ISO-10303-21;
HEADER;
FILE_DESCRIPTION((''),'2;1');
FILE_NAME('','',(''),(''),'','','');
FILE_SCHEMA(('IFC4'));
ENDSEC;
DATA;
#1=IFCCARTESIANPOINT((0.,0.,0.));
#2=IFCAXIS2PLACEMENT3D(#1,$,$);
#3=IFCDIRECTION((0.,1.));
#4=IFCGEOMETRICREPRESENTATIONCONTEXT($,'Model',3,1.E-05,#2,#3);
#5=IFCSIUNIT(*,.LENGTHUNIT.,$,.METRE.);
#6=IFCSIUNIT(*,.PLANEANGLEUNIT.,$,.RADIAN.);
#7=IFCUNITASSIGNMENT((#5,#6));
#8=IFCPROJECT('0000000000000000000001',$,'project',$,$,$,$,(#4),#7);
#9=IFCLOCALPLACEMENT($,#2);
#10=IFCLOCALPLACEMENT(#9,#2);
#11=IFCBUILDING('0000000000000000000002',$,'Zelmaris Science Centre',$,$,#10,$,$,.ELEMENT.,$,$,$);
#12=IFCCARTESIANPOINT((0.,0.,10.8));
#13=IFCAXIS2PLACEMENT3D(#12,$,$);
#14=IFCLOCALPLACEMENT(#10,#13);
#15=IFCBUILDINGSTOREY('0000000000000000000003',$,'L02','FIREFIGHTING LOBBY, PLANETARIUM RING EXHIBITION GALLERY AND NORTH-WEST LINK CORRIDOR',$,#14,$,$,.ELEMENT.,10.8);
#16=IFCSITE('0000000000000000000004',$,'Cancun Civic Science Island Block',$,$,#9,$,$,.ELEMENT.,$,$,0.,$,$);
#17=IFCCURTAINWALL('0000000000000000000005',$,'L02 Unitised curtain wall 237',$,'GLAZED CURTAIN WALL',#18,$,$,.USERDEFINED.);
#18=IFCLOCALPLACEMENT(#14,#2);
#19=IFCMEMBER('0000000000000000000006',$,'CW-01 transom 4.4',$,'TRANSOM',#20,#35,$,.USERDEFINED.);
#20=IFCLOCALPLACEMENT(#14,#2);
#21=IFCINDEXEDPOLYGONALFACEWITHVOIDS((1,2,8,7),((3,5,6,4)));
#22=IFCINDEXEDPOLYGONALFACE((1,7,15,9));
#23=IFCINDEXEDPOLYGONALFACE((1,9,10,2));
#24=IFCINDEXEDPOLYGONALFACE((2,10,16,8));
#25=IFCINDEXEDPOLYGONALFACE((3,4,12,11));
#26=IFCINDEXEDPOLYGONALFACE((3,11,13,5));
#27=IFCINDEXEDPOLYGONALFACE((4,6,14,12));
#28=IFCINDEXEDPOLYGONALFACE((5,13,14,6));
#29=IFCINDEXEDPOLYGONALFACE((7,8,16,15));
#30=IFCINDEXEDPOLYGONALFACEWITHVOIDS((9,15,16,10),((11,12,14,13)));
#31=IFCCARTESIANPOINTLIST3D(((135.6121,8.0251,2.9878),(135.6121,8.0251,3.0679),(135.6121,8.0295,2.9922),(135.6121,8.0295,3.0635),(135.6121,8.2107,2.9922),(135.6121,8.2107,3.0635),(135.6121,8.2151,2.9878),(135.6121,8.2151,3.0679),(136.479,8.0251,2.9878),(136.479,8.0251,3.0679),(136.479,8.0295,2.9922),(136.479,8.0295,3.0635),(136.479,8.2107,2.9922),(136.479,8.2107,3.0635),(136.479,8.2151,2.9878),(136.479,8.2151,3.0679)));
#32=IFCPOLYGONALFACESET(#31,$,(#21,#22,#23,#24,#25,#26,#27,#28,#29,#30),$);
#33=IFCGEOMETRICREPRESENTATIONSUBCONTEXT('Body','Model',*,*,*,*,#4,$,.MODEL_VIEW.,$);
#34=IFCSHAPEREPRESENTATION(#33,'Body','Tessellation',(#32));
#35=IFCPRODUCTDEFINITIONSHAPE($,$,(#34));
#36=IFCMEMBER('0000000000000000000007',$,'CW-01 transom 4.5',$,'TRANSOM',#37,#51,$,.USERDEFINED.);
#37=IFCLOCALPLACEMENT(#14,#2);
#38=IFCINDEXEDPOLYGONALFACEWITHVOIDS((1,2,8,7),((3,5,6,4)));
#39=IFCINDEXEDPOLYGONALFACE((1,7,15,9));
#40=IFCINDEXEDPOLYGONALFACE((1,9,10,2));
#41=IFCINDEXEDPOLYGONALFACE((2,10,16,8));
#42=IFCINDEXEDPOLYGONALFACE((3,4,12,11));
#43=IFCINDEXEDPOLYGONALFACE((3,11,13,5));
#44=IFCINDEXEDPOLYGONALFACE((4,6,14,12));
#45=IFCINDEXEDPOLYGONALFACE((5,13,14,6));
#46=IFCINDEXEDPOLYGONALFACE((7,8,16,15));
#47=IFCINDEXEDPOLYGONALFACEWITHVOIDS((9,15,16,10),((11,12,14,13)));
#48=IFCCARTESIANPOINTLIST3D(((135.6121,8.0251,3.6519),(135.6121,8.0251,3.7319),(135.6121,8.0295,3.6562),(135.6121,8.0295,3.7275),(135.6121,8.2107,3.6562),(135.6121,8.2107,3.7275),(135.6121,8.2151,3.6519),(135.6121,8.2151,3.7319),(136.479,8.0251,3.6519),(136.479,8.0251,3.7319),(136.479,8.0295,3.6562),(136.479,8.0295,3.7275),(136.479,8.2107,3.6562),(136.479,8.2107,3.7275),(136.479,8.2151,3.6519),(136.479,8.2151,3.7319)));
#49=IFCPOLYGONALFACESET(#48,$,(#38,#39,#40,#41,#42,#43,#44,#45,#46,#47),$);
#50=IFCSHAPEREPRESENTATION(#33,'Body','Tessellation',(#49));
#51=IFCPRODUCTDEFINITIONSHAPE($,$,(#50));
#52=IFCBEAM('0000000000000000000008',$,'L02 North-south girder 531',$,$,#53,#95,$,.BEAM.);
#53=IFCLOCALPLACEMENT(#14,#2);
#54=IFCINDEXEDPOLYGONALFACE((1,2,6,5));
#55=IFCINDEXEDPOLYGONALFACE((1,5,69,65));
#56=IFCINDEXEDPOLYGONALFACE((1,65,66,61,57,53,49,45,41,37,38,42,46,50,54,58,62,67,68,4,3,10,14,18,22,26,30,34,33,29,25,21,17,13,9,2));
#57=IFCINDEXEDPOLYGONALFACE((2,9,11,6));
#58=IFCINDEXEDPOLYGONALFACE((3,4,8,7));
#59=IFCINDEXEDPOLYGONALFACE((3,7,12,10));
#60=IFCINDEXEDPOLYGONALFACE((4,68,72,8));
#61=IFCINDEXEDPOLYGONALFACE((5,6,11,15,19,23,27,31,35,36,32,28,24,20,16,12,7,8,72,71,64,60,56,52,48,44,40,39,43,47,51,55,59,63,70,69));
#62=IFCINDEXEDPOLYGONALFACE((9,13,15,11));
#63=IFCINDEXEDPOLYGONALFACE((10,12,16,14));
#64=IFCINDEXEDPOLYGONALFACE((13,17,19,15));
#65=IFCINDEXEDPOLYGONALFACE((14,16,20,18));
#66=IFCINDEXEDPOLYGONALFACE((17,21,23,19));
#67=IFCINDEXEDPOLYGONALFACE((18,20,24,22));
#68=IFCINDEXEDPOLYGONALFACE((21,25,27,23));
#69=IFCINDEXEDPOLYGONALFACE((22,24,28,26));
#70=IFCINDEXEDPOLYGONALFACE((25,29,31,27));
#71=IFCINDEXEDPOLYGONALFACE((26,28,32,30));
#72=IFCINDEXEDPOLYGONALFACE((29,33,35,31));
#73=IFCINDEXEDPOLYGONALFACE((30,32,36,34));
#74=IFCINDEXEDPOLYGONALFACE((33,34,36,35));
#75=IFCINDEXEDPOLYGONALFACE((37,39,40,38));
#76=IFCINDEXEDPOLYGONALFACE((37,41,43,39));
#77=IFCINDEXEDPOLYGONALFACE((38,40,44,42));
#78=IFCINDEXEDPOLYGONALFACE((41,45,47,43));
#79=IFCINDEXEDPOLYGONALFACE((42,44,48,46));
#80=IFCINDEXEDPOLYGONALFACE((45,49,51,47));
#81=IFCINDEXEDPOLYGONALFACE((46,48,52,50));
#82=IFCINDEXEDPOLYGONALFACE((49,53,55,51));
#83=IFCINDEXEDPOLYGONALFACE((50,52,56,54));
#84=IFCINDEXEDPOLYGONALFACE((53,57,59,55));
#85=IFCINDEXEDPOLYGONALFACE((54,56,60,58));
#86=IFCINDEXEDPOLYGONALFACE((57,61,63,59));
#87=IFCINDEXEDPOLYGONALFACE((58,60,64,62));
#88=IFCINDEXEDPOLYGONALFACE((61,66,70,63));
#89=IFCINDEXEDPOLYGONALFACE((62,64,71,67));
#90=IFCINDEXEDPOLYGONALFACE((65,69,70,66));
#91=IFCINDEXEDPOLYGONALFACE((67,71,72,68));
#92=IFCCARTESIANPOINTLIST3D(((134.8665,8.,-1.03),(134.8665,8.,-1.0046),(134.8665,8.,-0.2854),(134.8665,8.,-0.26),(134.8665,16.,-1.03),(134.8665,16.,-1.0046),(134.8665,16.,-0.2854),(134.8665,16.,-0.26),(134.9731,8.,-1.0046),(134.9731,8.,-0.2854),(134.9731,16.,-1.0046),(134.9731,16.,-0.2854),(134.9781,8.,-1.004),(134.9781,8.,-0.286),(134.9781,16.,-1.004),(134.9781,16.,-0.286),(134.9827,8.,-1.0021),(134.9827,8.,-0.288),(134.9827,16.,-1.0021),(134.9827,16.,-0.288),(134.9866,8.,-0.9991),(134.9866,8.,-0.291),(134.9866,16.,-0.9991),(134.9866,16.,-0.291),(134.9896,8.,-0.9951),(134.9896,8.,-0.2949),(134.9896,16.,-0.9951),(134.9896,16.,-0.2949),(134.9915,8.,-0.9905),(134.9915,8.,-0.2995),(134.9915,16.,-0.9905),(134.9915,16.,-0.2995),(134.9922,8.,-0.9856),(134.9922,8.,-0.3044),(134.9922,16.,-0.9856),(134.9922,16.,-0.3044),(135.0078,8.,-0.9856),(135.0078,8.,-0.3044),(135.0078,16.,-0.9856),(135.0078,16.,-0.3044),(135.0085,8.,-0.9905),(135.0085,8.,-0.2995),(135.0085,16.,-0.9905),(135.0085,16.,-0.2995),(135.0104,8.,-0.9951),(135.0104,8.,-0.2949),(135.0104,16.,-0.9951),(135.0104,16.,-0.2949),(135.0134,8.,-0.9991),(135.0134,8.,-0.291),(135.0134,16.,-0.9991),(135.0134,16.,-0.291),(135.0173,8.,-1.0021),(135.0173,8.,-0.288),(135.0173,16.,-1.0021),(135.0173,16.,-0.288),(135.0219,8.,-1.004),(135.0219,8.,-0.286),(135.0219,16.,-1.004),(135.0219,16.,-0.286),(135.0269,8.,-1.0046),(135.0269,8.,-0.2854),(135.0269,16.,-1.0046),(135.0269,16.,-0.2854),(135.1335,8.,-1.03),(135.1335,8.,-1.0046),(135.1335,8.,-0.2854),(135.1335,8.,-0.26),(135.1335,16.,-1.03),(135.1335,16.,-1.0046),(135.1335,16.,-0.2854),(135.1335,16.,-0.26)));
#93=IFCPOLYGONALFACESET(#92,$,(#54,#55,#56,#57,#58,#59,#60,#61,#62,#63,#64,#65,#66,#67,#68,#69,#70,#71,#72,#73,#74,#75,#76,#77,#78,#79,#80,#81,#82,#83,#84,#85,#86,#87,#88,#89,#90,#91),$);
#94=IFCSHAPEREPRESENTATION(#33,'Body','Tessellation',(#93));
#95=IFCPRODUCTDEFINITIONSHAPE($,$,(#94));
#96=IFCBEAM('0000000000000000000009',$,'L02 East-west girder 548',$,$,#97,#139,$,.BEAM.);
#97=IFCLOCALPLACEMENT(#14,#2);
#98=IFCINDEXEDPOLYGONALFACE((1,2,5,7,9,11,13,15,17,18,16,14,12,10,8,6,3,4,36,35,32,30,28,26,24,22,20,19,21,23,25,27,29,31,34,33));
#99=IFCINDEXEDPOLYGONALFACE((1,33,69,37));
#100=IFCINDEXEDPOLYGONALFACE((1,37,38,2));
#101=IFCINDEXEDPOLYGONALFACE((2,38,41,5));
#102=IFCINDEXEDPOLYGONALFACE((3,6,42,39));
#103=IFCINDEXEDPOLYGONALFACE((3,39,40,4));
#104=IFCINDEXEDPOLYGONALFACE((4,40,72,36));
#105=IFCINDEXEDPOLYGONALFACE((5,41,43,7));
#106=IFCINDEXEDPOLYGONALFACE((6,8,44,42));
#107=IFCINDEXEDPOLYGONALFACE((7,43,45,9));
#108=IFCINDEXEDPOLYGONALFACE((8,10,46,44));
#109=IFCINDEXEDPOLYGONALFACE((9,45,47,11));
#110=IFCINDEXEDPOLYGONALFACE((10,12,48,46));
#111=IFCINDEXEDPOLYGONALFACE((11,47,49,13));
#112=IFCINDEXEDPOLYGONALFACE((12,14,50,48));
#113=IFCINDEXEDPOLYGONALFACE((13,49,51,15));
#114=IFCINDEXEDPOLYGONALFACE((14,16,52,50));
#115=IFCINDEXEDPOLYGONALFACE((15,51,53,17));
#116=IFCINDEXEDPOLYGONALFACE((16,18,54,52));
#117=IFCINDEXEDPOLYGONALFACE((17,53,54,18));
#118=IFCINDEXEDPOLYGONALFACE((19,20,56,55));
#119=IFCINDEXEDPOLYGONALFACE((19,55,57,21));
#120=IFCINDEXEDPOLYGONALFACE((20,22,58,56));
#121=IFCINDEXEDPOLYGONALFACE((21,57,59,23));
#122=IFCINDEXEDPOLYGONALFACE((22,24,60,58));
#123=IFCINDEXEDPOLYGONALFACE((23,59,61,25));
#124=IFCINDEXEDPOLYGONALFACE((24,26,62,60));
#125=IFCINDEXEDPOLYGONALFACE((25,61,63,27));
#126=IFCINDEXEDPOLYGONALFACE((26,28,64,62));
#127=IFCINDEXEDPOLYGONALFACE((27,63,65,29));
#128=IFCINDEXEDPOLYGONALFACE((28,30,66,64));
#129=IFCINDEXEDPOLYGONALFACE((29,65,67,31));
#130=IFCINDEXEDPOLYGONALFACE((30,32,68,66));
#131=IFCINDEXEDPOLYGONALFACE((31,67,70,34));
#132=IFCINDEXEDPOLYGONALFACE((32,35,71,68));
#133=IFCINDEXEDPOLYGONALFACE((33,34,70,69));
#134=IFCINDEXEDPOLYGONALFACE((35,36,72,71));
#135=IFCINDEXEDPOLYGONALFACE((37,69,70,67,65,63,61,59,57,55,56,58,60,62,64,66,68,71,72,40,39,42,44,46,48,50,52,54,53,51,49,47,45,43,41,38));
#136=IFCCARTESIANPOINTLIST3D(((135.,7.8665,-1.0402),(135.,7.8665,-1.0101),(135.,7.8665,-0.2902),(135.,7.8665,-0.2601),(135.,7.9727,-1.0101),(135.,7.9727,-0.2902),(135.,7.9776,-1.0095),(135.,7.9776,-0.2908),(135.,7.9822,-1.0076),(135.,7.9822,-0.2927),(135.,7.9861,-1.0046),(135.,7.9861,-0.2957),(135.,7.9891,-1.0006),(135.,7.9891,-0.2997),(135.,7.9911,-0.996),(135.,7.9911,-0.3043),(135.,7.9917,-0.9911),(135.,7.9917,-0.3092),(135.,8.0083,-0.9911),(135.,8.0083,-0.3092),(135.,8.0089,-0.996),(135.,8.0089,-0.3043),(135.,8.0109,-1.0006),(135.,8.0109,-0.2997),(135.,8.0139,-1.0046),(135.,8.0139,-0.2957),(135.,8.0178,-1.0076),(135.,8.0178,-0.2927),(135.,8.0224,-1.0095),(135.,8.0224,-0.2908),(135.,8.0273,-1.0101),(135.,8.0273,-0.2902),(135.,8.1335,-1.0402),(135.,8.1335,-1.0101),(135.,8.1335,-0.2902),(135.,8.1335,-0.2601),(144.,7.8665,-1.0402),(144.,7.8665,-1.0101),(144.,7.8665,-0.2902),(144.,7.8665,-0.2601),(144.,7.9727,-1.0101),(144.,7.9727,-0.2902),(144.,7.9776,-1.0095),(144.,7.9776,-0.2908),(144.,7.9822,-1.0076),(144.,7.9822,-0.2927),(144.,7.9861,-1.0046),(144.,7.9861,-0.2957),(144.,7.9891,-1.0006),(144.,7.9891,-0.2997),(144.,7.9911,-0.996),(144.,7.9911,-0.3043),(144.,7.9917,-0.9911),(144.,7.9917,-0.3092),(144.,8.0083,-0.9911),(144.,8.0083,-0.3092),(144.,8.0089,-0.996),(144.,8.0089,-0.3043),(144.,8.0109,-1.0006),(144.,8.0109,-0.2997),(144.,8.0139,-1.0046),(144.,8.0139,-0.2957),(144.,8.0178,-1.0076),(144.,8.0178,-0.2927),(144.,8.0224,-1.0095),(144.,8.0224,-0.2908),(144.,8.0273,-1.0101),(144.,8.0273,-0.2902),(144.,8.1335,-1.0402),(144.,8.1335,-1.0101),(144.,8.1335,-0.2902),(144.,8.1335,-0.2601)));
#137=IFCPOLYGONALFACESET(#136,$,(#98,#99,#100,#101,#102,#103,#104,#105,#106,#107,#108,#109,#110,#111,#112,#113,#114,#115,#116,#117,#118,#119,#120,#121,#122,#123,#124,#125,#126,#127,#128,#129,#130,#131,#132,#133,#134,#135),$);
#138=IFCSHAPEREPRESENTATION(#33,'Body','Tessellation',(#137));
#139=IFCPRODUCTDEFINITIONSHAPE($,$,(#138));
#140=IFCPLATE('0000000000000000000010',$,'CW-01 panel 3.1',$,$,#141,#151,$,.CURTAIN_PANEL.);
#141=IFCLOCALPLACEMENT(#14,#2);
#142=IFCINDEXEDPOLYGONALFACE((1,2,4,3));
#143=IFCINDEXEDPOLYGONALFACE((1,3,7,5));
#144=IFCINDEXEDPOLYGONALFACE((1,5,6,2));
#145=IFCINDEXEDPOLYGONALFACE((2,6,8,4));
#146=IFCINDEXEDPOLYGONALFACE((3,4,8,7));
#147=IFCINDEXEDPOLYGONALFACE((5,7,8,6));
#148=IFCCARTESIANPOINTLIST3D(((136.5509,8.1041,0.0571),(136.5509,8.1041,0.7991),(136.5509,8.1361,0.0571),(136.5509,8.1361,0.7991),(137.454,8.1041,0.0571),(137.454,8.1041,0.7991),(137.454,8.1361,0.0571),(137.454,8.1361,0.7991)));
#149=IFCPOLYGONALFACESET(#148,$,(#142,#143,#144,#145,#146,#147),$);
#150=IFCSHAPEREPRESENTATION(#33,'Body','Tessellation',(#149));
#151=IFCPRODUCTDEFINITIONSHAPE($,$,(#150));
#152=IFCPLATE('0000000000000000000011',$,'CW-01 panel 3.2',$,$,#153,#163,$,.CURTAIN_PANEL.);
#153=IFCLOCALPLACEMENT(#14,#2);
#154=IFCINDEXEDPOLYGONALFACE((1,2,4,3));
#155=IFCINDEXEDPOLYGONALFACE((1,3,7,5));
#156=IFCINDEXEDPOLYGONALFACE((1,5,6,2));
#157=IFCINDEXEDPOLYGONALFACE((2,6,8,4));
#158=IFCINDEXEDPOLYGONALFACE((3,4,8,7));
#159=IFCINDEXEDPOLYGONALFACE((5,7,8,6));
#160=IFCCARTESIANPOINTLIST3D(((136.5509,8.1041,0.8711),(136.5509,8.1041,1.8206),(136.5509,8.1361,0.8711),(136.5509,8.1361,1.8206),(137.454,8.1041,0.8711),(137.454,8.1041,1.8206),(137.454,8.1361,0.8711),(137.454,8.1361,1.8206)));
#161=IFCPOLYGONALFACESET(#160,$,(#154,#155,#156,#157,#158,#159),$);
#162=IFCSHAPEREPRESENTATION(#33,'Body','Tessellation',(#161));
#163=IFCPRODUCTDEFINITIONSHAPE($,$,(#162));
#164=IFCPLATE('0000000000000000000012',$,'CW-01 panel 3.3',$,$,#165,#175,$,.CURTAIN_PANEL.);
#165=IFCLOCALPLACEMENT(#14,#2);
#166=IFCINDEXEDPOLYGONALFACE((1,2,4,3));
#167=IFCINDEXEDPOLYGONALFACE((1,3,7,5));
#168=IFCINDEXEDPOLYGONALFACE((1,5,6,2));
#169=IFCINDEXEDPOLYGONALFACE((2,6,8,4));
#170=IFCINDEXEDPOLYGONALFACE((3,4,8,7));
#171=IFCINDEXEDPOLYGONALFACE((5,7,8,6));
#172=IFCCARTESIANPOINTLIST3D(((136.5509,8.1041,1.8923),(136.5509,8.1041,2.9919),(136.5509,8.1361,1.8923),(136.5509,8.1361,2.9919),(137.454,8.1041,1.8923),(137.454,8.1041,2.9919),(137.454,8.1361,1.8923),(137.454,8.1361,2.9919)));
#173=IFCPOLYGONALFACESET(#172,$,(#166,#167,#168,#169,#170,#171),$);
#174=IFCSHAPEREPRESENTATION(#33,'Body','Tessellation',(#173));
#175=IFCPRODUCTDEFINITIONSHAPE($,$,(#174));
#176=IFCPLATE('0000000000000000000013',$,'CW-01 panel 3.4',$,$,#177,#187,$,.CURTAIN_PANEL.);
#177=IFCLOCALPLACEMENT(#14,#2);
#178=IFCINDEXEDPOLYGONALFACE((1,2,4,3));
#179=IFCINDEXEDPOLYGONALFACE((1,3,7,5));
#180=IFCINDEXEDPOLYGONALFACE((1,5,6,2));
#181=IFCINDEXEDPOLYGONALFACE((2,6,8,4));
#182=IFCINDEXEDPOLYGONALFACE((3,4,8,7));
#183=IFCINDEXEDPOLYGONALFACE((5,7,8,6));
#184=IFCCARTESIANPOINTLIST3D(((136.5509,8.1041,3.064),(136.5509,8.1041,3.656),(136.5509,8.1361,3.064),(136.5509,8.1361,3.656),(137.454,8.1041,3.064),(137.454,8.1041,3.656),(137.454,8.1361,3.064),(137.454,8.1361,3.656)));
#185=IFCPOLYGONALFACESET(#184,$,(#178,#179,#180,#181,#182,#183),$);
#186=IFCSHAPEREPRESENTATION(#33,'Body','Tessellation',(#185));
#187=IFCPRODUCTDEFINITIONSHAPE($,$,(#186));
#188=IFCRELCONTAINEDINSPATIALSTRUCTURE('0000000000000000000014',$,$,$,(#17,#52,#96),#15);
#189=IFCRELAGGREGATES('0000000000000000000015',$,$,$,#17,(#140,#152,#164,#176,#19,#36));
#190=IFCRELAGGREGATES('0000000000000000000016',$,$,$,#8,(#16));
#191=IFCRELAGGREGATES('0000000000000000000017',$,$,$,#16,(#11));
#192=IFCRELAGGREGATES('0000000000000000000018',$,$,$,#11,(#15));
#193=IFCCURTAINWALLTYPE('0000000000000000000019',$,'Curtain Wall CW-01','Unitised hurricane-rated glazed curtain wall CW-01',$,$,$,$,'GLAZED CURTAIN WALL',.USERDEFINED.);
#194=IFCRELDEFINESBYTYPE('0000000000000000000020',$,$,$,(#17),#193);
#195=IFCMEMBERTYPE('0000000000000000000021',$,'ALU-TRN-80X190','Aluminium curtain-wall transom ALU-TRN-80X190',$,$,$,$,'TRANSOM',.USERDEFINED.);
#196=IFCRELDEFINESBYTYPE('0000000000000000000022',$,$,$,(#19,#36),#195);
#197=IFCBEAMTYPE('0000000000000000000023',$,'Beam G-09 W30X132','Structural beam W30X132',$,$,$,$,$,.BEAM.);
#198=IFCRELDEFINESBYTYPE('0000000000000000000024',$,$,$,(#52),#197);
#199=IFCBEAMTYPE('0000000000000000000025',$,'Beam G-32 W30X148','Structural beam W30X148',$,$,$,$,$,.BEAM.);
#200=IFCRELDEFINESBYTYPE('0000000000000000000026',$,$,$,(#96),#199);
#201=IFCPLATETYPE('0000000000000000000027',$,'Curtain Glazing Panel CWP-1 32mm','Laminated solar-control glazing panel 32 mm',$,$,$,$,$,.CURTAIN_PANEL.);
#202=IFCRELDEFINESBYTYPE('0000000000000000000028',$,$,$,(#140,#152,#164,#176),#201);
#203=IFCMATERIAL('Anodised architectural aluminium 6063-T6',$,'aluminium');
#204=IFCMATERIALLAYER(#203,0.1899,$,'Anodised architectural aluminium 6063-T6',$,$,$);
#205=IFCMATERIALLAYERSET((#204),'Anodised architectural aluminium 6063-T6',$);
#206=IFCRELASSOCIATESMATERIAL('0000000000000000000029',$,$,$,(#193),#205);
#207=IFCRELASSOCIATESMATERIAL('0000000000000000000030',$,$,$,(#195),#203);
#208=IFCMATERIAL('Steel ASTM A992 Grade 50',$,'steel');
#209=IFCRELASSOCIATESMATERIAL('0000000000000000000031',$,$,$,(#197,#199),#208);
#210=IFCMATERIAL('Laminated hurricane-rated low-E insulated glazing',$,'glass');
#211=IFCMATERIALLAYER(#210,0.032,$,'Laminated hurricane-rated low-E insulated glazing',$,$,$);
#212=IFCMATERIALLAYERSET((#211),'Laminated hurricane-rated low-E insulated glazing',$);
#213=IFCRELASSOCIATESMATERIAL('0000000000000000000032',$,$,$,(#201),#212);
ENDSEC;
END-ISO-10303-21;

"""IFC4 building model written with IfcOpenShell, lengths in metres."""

from ifc_helpers import new_model, si_unit, direction, frame, origin, origin_2d, place, context, subcontext, project, spatial, rectangle, hollow_rectangle, i_section, extrude, material, layer, layer_set, material_profile, profile_set, type_object, element, aggregate, save


model = new_model("IFC4")

# Units and contexts
model_context = context("Model", 3, precision=1e-05, world=origin(), true_north=direction((0.0, 1.0)))
body_context = subcontext(model_context, "Body", "Model", "MODEL_VIEW")
ifc_project = project(units=[si_unit("LENGTHUNIT", "METRE"), si_unit("PLANEANGLEUNIT", "RADIAN")], contexts=[model_context])

# Site, building, storey
site_placement = place(None, origin())
site = spatial("IfcSite", under=ifc_project, at=site_placement, Name="Cancun Civic Science Island Block", CompositionType="ELEMENT", RefElevation=0.0)
building_placement = place(site_placement, origin())
building = spatial("IfcBuilding", under=site, at=building_placement, Name="Zelmaris Science Centre", CompositionType="ELEMENT")
storey_placement = place(building_placement, frame((0.0, 0.0, 10.8)))
storey = spatial("IfcBuildingStorey", under=building, at=storey_placement, Name="L02", Description="FIREFIGHTING LOBBY, PLANETARIUM RING EXHIBITION GALLERY AND NORTH-WEST LINK CORRIDOR", CompositionType="ELEMENT", Elevation=10.8)

# Curtain wall, members
ifc_material_1 = material(Name="Anodised architectural aluminium 6063-T6", Category="aluminium")
ifc_layer_1 = layer(ifc_material_1, 0.1899, Name="Anodised architectural aluminium 6063-T6")
ifc_layer_set_1 = layer_set([ifc_layer_1], Name="Anodised architectural aluminium 6063-T6")
curtain_wall_type = type_object("IfcCurtainWallType", Name="Curtain Wall CW-01", Description="Unitised hurricane-rated glazed curtain wall CW-01", ElementType="GLAZED CURTAIN WALL", PredefinedType="USERDEFINED", material=ifc_layer_set_1)
curtain_wall_placement = place(storey_placement, origin())
curtain_wall = element("IfcCurtainWall", 1, at=curtain_wall_placement, inside=storey, type_object=curtain_wall_type, Name="L02 Unitised curtain wall 237", ObjectType="GLAZED CURTAIN WALL", PredefinedType="USERDEFINED")
ifc_material_profile_1 = material_profile(ifc_material_1, hollow_rectangle(XDim=0.0801, YDim=0.1899, WallThickness=0.0044, at=origin_2d()), Name="ALU-TRN-80X190")
ifc_profile_set_1 = profile_set([ifc_material_profile_1], Name="Anodised architectural aluminium 6063-T6")
member_type_1 = type_object("IfcMemberType", Name="ALU-TRN-80X190", Description="Aluminium curtain-wall transom ALU-TRN-80X190", ElementType="TRANSOM", PredefinedType="USERDEFINED", material=ifc_profile_set_1)
member_1_placement = place(storey_placement, frame((136.479, 8.1201, 3.0278), z_axis=(-1.0, 0.0, 0.0), x_axis=(0.0, 0.0, 1.0)))
member_1 = element("IfcMember", 2, at=member_1_placement, type_object=member_type_1, Name="CW-01 transom 4.4", ObjectType="TRANSOM", PredefinedType="USERDEFINED", context=body_context, shape_type="SweptSolid", body=[
    extrude(hollow_rectangle(XDim=0.0801, YDim=0.1899, WallThickness=0.0044, at=origin_2d()), origin(), (0.0, 0.0, 1.0), 0.8669),
])
member_2_placement = place(storey_placement, frame((136.479, 8.1201, 3.6919), z_axis=(-1.0, 0.0, 0.0), x_axis=(0.0, 0.0, 1.0)))
member_2 = element("IfcMember", 3, at=member_2_placement, type_object=member_type_1, Name="CW-01 transom 4.5", ObjectType="TRANSOM", PredefinedType="USERDEFINED", context=body_context, shape_type="SweptSolid", body=[
    extrude(hollow_rectangle(XDim=0.0801, YDim=0.1899, WallThickness=0.0044, at=origin_2d()), origin(), (0.0, 0.0, 1.0), 0.8669),
])

# Beams
ifc_material_2 = material(Name="Steel ASTM A992 Grade 50", Category="steel")
ifc_material_profile_2 = material_profile(ifc_material_2, i_section(OverallWidth=0.2671, OverallDepth=0.77, WebThickness=0.0156, FlangeThickness=0.0254, FilletRadius=0.019, at=origin_2d()), Name="W30X132")
ifc_profile_set_2 = profile_set([ifc_material_profile_2], Name="Steel ASTM A992 Grade 50")
beam_type_1 = type_object("IfcBeamType", Name="Beam G-09 W30X132", Description="Structural beam W30X132", PredefinedType="BEAM", material=ifc_profile_set_2)
beam_1_placement = place(storey_placement, frame((135.0, 8.0, -0.645), z_axis=(0.0, 1.0, 0.0), x_axis=(-1.0, 0.0, 0.0)))
element("IfcBeam", 4, at=beam_1_placement, inside=storey, type_object=beam_type_1, Name="L02 North-south girder 531", PredefinedType="BEAM", context=body_context, shape_type="SweptSolid", body=[
    extrude(i_section(OverallWidth=0.2671, OverallDepth=0.77, WebThickness=0.0156, FlangeThickness=0.0254, FilletRadius=0.019, at=origin_2d()), origin(), (0.0, 0.0, 1.0), 8.0),
])
ifc_material_profile_3 = material_profile(ifc_material_2, i_section(OverallWidth=0.2671, OverallDepth=0.78, WebThickness=0.0166, FlangeThickness=0.03, FilletRadius=0.019, at=origin_2d()), Name="W30X148")
ifc_profile_set_3 = profile_set([ifc_material_profile_3], Name="Steel ASTM A992 Grade 50")
beam_type_2 = type_object("IfcBeamType", Name="Beam G-32 W30X148", Description="Structural beam W30X148", PredefinedType="BEAM", material=ifc_profile_set_3)
beam_2_placement = place(storey_placement, frame((135.0, 8.0, -0.6501), z_axis=(1.0, 0.0, 0.0), x_axis=(0.0, 1.0, 0.0)))
element("IfcBeam", 5, at=beam_2_placement, inside=storey, type_object=beam_type_2, Name="L02 East-west girder 548", PredefinedType="BEAM", context=body_context, shape_type="SweptSolid", body=[
    extrude(i_section(OverallWidth=0.2671, OverallDepth=0.78, WebThickness=0.0166, FlangeThickness=0.03, FilletRadius=0.019, at=origin_2d()), origin(), (0.0, 0.0, 1.0), 9.0),
])

# Plates
ifc_material_3 = material(Name="Laminated hurricane-rated low-E insulated glazing", Category="glass")
ifc_layer_2 = layer(ifc_material_3, 0.032, Name="Laminated hurricane-rated low-E insulated glazing")
ifc_layer_set_2 = layer_set([ifc_layer_2], Name="Laminated hurricane-rated low-E insulated glazing")
plate_type = type_object("IfcPlateType", Name="Curtain Glazing Panel CWP-1 32mm", Description="Laminated solar-control glazing panel 32 mm", PredefinedType="CURTAIN_PANEL", material=ifc_layer_set_2)
plate_1_placement = place(storey_placement, frame((137.0024, 8.1201, 0.0571), z_axis=(0.0, 0.0, 1.0), x_axis=(-1.0, 0.0, 0.0)))
plate_1 = element("IfcPlate", 6, at=plate_1_placement, type_object=plate_type, Name="CW-01 panel 3.1", PredefinedType="CURTAIN_PANEL", context=body_context, shape_type="SweptSolid", body=[
    extrude(rectangle(XDim=0.9031, YDim=0.032, at=origin_2d()), origin(), (0.0, 0.0, 1.0), 0.7419),
])
plate_2_placement = place(storey_placement, frame((137.0024, 8.1201, 0.8711), z_axis=(0.0, 0.0, 1.0), x_axis=(-1.0, 0.0, 0.0)))
plate_2 = element("IfcPlate", 7, at=plate_2_placement, type_object=plate_type, Name="CW-01 panel 3.2", PredefinedType="CURTAIN_PANEL", context=body_context, shape_type="SweptSolid", body=[
    extrude(rectangle(XDim=0.9031, YDim=0.032, at=origin_2d()), origin(), (0.0, 0.0, 1.0), 0.9495),
])
plate_3_placement = place(storey_placement, frame((137.0024, 8.1201, 1.8923), z_axis=(0.0, 0.0, 1.0), x_axis=(-1.0, 0.0, 0.0)))
plate_3 = element("IfcPlate", 8, at=plate_3_placement, type_object=plate_type, Name="CW-01 panel 3.3", PredefinedType="CURTAIN_PANEL", context=body_context, shape_type="SweptSolid", body=[
    extrude(rectangle(XDim=0.9031, YDim=0.032, at=origin_2d()), origin(), (0.0, 0.0, 1.0), 1.0996),
])
plate_4_placement = place(storey_placement, frame((137.0024, 8.1201, 3.064), z_axis=(0.0, 0.0, 1.0), x_axis=(-1.0, 0.0, 0.0)))
plate_4 = element("IfcPlate", 9, at=plate_4_placement, type_object=plate_type, Name="CW-01 panel 3.4", PredefinedType="CURTAIN_PANEL", context=body_context, shape_type="SweptSolid", body=[
    extrude(rectangle(XDim=0.9031, YDim=0.032, at=origin_2d()), origin(), (0.0, 0.0, 1.0), 0.592),
])
aggregate(curtain_wall, [plate_1, plate_2, plate_3, plate_4, member_1, member_2])

save(model, "model.ifc")
